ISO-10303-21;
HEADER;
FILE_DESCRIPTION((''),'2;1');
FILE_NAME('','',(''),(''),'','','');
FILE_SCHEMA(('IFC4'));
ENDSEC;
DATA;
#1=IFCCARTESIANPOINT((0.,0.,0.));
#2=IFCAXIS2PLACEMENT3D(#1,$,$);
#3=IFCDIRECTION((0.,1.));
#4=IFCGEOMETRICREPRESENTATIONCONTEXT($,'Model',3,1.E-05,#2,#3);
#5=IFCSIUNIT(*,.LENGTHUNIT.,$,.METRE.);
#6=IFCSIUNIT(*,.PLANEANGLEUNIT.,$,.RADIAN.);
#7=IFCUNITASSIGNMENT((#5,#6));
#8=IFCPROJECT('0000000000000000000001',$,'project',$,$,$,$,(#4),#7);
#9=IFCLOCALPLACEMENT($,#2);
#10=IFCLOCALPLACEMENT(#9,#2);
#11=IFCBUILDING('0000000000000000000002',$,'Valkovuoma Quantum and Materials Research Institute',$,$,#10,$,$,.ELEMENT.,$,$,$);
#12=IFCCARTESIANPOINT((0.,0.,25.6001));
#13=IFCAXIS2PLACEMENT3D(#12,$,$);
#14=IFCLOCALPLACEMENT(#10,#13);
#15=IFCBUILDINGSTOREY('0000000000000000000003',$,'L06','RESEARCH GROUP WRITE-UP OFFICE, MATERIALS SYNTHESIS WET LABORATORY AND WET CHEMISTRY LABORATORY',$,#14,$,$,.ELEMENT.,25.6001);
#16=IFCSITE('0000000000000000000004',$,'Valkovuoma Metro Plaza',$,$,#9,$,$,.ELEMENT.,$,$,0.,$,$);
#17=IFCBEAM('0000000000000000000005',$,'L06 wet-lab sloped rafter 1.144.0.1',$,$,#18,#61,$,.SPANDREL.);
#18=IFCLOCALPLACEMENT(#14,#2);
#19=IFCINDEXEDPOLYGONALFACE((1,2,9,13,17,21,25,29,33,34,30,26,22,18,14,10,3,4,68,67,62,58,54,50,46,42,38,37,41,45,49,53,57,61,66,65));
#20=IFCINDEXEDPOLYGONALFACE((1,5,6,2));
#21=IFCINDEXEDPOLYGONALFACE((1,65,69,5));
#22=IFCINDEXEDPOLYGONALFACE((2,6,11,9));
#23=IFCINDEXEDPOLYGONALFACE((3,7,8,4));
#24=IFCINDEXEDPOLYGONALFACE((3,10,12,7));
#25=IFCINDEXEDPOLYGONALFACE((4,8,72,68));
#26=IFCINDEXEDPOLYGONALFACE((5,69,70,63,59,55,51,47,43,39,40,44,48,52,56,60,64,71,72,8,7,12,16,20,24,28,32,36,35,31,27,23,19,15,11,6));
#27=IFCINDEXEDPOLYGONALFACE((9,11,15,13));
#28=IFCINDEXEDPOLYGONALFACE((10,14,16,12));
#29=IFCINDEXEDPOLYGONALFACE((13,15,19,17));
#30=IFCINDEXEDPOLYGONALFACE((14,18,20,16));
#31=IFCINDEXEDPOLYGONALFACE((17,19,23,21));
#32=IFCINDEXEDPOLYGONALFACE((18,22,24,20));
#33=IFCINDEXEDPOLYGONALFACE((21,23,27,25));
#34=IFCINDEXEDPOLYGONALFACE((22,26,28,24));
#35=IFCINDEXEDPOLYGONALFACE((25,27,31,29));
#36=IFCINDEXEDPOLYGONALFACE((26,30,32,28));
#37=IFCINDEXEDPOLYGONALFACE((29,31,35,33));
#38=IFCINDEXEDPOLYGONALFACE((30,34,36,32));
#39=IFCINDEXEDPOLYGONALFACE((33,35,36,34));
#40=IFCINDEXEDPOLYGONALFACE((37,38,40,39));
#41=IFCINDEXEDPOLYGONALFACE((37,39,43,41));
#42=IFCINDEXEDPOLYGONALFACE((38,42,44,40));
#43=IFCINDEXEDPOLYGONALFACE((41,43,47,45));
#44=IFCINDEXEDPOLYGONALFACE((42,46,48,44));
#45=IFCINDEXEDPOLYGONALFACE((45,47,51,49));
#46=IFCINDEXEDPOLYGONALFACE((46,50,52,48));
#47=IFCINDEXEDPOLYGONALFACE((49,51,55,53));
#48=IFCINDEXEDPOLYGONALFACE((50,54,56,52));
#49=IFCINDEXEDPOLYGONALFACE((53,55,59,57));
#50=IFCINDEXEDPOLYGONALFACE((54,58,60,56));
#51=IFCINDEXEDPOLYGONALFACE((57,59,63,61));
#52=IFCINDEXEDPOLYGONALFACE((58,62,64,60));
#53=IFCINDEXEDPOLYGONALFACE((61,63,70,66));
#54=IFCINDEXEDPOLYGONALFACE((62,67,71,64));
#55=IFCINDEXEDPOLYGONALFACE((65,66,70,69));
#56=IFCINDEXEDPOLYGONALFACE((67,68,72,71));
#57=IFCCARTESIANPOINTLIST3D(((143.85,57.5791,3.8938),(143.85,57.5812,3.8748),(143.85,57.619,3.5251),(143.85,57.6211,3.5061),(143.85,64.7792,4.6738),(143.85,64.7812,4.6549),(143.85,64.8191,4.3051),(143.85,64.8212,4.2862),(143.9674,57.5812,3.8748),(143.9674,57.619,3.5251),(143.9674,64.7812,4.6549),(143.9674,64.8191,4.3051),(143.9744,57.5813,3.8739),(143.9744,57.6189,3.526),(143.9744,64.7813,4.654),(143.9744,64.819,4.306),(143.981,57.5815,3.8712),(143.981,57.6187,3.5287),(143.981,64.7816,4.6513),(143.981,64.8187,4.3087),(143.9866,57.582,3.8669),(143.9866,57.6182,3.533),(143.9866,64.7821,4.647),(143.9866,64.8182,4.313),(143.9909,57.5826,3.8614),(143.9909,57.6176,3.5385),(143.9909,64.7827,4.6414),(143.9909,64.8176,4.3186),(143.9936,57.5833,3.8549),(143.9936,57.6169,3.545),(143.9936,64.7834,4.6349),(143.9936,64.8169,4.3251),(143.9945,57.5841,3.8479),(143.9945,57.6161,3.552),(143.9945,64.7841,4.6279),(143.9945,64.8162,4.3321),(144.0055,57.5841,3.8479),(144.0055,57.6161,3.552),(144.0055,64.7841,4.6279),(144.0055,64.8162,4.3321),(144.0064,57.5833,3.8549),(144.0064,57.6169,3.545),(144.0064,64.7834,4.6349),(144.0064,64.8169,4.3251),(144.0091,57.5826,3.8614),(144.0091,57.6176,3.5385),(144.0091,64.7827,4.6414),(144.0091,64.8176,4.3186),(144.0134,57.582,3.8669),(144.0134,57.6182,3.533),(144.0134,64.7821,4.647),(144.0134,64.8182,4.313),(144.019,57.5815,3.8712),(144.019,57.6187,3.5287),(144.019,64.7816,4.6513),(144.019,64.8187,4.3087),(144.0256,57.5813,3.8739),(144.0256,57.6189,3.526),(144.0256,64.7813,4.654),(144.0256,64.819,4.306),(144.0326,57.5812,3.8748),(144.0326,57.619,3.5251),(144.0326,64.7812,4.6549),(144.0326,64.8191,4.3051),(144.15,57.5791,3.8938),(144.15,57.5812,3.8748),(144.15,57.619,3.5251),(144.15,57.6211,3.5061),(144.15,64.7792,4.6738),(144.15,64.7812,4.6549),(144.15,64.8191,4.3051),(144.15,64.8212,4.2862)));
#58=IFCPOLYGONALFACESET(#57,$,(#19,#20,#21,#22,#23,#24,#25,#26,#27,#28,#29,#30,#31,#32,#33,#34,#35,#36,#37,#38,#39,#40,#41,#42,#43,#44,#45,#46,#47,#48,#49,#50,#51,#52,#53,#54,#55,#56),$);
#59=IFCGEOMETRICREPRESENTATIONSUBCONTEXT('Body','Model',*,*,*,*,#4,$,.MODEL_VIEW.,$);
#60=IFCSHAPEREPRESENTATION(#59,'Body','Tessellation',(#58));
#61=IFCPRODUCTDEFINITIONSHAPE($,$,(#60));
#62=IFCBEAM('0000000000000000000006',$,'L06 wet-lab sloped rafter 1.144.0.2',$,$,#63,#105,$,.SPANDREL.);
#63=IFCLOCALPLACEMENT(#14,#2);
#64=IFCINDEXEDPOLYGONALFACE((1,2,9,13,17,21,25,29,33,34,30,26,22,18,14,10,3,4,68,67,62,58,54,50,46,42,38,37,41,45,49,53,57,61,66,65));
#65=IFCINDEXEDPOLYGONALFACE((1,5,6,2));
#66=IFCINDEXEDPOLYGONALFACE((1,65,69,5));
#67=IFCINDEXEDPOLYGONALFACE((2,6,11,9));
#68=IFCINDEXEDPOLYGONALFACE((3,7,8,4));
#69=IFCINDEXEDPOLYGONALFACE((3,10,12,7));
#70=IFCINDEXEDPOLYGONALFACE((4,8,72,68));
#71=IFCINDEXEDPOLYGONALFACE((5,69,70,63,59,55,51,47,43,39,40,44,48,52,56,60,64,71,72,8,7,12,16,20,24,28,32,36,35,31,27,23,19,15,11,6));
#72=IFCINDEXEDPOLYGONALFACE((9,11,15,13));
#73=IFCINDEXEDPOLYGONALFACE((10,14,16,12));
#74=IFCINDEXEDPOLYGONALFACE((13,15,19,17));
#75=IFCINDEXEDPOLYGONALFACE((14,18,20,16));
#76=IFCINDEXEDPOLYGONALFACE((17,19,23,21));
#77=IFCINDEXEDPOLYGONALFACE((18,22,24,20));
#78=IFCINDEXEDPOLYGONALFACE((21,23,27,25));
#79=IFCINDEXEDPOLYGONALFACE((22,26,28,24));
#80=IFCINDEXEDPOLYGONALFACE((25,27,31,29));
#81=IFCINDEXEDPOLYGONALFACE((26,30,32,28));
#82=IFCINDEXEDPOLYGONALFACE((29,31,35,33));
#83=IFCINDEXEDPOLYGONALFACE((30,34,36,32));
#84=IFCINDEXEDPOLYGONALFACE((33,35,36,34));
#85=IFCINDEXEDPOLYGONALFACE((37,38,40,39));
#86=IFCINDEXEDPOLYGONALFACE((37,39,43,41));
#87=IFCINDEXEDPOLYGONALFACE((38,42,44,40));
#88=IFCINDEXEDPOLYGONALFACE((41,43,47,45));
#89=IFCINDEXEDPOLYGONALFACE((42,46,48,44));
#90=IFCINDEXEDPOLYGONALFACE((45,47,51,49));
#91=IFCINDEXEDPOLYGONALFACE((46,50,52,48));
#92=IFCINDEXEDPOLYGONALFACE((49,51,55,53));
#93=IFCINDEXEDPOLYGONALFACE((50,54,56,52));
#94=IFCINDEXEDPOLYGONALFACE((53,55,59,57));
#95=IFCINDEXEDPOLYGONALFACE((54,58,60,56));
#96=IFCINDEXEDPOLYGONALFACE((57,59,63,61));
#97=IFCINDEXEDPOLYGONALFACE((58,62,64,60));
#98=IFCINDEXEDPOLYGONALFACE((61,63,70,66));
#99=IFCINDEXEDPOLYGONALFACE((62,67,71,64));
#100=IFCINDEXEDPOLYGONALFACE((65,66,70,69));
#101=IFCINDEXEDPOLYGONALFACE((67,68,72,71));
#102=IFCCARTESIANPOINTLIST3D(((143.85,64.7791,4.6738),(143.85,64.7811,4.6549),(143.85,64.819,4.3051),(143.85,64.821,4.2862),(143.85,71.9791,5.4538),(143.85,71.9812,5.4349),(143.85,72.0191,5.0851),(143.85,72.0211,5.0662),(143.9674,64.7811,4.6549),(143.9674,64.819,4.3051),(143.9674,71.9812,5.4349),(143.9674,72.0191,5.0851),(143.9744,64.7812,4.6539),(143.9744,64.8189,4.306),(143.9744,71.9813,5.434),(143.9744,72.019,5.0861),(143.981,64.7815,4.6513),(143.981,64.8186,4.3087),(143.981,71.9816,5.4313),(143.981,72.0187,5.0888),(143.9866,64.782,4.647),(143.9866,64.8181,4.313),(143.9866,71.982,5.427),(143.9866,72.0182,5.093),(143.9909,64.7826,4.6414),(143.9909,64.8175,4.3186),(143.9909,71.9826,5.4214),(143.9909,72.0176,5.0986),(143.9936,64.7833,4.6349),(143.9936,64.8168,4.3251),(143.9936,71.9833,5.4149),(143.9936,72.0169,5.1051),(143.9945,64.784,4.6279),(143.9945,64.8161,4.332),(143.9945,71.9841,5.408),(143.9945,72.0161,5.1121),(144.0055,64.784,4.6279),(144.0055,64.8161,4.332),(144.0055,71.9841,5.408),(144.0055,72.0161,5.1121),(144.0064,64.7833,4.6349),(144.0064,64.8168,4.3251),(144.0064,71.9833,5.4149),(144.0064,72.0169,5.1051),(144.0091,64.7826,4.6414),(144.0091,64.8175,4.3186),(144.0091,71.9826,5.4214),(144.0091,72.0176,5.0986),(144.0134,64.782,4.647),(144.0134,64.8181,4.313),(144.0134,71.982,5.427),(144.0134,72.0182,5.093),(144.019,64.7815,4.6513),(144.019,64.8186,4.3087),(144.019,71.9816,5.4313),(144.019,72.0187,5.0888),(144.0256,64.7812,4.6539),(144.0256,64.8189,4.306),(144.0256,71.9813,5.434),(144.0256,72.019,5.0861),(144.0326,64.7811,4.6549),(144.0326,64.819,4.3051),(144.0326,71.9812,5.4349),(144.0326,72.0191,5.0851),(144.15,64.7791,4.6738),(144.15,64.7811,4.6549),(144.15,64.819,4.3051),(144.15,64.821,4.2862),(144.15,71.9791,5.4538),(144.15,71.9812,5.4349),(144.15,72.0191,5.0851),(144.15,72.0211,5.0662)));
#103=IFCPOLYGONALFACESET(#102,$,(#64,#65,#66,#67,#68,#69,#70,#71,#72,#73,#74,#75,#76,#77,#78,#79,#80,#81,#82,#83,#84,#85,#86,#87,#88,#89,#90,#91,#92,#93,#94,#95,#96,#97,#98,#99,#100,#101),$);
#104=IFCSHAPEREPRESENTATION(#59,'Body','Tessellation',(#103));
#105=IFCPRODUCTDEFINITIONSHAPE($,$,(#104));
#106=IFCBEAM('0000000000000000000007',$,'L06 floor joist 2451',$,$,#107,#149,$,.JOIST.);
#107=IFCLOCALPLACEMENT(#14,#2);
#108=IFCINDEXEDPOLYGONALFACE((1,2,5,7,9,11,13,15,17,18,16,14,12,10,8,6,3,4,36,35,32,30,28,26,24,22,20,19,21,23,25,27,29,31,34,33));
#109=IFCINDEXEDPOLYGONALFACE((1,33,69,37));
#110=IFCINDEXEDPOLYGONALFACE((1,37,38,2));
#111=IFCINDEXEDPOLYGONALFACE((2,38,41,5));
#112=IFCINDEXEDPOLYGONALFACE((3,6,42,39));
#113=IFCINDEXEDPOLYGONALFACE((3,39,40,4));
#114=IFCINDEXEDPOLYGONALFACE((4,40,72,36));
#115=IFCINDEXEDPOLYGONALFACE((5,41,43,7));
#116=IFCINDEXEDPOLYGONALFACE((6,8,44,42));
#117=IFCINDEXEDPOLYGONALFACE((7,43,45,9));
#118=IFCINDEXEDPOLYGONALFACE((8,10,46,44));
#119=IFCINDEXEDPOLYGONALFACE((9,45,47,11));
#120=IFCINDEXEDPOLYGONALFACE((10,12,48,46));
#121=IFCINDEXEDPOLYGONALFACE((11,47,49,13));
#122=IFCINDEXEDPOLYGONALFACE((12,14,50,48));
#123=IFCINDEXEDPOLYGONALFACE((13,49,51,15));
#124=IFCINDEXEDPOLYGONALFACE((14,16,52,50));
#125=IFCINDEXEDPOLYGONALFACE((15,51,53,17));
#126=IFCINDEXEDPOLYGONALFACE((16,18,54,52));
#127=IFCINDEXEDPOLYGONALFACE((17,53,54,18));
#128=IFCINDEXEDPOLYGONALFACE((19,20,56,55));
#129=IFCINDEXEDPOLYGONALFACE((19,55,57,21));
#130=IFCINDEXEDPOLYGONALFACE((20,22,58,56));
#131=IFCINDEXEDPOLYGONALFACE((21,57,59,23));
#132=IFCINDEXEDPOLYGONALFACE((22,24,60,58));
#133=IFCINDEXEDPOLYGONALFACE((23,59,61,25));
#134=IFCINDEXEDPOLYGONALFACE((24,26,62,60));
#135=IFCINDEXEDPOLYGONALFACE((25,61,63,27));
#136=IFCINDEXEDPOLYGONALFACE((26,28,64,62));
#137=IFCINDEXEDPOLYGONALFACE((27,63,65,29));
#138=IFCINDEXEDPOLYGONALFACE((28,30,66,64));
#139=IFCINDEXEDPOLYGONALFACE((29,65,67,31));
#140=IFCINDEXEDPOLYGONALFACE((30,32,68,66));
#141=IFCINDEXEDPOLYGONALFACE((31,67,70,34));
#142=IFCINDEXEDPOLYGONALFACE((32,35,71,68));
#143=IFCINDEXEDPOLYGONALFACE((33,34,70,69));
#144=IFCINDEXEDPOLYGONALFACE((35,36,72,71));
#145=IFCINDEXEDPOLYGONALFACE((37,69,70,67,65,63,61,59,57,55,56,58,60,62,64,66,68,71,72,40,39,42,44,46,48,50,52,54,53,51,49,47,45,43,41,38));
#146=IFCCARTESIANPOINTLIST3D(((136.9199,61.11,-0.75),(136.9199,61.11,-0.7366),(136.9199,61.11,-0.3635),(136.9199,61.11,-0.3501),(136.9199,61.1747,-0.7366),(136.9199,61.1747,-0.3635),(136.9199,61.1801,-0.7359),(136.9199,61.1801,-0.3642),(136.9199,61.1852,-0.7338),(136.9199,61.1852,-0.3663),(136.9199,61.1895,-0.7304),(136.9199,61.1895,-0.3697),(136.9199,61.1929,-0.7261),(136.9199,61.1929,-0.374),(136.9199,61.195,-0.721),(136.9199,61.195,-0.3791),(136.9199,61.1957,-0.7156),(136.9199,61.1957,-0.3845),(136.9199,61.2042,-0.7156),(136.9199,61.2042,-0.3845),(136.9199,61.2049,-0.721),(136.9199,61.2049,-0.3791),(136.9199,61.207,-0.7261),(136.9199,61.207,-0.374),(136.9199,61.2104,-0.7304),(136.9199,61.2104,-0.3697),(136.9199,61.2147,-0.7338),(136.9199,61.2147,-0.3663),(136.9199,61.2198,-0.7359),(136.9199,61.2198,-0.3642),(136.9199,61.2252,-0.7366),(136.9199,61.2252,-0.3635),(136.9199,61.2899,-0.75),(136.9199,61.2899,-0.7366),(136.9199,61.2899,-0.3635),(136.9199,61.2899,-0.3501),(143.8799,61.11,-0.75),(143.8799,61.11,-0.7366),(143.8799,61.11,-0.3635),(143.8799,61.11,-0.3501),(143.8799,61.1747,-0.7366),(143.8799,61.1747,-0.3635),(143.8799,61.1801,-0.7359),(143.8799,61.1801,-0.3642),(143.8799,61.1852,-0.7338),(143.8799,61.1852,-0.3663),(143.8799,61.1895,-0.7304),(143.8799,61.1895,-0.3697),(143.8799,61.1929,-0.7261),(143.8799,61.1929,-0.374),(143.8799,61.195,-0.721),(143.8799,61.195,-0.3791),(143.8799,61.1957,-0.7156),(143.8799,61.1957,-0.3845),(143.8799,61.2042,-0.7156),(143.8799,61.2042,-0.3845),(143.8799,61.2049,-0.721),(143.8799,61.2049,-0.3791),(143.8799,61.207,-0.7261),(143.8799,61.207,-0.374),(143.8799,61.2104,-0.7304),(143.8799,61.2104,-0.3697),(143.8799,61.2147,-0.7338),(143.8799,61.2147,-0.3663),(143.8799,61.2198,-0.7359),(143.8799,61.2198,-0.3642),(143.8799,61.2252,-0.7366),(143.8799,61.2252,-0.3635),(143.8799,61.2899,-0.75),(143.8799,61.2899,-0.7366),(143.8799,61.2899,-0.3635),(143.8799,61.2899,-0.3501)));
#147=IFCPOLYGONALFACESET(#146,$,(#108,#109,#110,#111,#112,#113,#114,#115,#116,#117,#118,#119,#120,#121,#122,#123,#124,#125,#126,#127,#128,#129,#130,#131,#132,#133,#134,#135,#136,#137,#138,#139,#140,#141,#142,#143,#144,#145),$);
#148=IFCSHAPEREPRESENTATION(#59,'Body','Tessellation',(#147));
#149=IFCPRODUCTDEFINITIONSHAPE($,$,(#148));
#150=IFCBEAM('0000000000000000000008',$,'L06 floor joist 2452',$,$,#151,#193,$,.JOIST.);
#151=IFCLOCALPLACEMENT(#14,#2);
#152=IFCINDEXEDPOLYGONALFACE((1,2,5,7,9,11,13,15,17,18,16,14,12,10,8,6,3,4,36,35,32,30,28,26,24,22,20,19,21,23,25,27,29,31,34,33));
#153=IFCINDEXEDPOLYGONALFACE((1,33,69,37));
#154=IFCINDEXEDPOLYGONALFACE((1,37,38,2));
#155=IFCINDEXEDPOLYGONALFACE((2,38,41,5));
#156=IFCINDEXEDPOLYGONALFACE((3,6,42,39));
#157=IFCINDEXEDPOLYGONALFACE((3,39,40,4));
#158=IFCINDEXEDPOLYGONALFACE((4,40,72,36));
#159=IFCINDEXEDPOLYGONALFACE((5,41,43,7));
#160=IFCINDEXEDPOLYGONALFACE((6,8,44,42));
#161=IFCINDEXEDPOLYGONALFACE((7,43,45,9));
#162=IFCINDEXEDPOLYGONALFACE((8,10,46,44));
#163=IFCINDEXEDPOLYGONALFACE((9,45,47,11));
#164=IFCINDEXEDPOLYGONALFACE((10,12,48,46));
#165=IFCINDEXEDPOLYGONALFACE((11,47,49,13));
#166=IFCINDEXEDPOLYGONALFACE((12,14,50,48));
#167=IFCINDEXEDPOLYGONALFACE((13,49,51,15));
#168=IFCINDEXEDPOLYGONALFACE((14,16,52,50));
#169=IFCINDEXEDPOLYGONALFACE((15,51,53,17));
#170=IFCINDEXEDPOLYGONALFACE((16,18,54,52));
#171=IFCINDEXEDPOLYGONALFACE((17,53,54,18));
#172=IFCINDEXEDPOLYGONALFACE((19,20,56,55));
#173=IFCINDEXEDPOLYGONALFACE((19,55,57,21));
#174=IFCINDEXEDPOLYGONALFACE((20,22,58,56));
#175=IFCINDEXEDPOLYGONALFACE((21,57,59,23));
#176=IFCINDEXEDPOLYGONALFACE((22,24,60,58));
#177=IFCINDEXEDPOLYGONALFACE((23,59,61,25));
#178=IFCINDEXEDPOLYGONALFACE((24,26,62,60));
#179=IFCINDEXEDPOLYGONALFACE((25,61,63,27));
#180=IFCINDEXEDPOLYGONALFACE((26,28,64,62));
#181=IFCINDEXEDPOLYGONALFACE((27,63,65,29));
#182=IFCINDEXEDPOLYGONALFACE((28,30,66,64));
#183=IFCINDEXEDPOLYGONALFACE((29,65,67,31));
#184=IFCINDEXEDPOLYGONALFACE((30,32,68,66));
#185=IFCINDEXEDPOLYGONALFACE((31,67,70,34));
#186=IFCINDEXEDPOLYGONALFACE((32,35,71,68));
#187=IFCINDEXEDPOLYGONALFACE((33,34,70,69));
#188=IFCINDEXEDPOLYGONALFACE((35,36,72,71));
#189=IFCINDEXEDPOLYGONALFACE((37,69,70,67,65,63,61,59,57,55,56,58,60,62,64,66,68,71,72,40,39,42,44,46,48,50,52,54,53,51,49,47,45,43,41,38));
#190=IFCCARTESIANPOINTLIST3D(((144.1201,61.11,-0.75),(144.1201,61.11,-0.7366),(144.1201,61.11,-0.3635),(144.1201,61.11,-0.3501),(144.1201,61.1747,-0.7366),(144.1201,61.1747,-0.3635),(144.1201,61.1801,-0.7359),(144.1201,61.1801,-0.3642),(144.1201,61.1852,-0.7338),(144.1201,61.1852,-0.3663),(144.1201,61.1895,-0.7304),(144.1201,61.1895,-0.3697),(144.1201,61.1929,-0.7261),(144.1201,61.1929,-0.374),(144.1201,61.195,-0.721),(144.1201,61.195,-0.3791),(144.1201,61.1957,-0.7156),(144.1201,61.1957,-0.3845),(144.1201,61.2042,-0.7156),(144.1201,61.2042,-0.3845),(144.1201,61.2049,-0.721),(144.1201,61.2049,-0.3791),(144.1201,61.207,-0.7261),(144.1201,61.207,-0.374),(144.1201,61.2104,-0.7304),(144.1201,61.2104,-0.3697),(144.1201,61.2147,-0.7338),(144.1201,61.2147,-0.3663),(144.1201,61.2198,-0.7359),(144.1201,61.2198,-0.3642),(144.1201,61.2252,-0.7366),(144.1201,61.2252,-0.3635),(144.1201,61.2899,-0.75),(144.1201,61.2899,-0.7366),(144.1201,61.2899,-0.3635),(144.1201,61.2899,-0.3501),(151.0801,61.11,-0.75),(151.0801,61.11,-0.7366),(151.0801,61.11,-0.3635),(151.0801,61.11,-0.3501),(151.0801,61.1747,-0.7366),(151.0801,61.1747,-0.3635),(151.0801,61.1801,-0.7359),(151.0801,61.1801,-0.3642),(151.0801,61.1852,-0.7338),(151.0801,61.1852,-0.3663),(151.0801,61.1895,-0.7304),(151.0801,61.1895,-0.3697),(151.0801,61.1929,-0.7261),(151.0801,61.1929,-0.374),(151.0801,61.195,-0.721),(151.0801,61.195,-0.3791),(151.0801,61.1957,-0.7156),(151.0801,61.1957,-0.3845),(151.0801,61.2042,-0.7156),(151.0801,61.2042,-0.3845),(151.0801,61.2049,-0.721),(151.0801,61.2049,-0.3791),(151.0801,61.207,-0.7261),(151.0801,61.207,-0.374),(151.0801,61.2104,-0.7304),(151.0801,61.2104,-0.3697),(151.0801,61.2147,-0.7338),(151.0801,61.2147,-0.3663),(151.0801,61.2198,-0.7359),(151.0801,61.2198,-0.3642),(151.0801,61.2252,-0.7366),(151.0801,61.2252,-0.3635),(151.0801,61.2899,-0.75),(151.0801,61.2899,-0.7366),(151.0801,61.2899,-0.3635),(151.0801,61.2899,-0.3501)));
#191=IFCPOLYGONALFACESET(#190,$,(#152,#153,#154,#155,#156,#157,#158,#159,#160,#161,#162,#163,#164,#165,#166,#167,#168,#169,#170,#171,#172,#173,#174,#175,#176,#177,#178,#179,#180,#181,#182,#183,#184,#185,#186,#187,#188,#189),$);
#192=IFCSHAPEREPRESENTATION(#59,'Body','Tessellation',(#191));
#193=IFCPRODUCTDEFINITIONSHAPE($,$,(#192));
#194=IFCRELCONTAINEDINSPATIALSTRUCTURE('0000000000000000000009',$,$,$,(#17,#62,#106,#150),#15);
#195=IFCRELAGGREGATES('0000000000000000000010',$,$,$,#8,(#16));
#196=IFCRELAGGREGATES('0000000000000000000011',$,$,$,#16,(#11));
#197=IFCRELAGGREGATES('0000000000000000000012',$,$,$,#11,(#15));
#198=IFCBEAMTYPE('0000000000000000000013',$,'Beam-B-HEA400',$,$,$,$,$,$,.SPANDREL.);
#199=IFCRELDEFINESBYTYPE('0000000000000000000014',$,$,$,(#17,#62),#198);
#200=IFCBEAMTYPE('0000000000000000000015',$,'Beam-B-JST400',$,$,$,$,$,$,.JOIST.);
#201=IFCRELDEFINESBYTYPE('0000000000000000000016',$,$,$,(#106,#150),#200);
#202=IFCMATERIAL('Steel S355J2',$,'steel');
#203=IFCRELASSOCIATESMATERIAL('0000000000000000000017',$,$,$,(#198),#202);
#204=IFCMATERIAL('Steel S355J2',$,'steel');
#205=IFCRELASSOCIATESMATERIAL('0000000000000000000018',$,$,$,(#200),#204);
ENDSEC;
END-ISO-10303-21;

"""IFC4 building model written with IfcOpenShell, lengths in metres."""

from ifc_helpers import new_model, si_unit, direction, frame, origin, origin_2d, place, context, subcontext, project, spatial, i_section, extrude, material, material_profile, profile_set, type_object, element, save


model = new_model("IFC4")

# Units and contexts
model_context = context("Model", 3, precision=1e-05, world=origin(), true_north=direction((0.0, 1.0)))
body_context = subcontext(model_context, "Body", "Model", "MODEL_VIEW")
ifc_project = project(units=[si_unit("LENGTHUNIT", "METRE"), si_unit("PLANEANGLEUNIT", "RADIAN")], contexts=[model_context])

# Site, building, storey
site_placement = place(None, origin())
site = spatial("IfcSite", under=ifc_project, at=site_placement, Name="Valkovuoma Metro Plaza", CompositionType="ELEMENT", RefElevation=0.0)
building_placement = place(site_placement, origin())
building = spatial("IfcBuilding", under=site, at=building_placement, Name="Valkovuoma Quantum and Materials Research Institute", CompositionType="ELEMENT")
storey_placement = place(building_placement, frame((0.0, 0.0, 25.6001)))
storey = spatial("IfcBuildingStorey", under=building, at=storey_placement, Name="L06", Description="RESEARCH GROUP WRITE-UP OFFICE, MATERIALS SYNTHESIS WET LABORATORY AND WET CHEMISTRY LABORATORY", CompositionType="ELEMENT", Elevation=25.6001)

# Beams
ifc_material_1 = material(Name="Steel S355J2", Category="steel")
ifc_material_profile_1 = material_profile(ifc_material_1, i_section(OverallWidth=0.3, OverallDepth=0.3899, WebThickness=0.011, FlangeThickness=0.019, FilletRadius=0.0271, at=origin_2d()), Name="Steel S355J2")
ifc_profile_set_1 = profile_set([ifc_material_profile_1], Name="Steel S355J2")
beam_type_1 = type_object("IfcBeamType", Name="Beam-B-HEA400", PredefinedType="SPANDREL", material=ifc_profile_set_1)
for number, where, z_axis, x_axis, name in (
    (1, (144.0, 57.6001, 3.7), (0.0, 0.994183, 0.107708), (-1.0, 0.0, 0.0), "L06 wet-lab sloped rafter 1.144.0.1"),
    (2, (144.0, 64.8, 4.48), (0.0, 0.994183, 0.107708), (-1.0, 0.0, 0.0), "L06 wet-lab sloped rafter 1.144.0.2"),
):
    element("IfcBeam", number, at=place(storey_placement, frame(where, z_axis=z_axis, x_axis=x_axis)), inside=storey, type_object=beam_type_1, Name=name, PredefinedType="SPANDREL", context=body_context, shape_type="SweptSolid", body=[
        extrude(i_section(OverallWidth=0.3, OverallDepth=0.3899, WebThickness=0.011, FlangeThickness=0.019, FilletRadius=0.0271, at=origin_2d()), origin(), (0.0, 0.0, 1.0), 7.2422),
    ])
ifc_material_2 = material(Name="Steel S355J2", Category="steel")
ifc_material_profile_2 = material_profile(ifc_material_2, i_section(OverallWidth=0.1799, OverallDepth=0.3999, WebThickness=0.0085, FlangeThickness=0.0134, FilletRadius=0.021, at=origin_2d()), Name="Steel S355J2")
ifc_profile_set_2 = profile_set([ifc_material_profile_2], Name="Steel S355J2")
beam_type_2 = type_object("IfcBeamType", Name="Beam-B-JST400", PredefinedType="JOIST", material=ifc_profile_set_2)
for number, where, z_axis, x_axis, name in (
    (3, (136.9199, 61.2, -0.55), (1.0, 0.0, 0.0), (0.0, 1.0, 0.0), "L06 floor joist 2451"),
    (4, (144.1201, 61.2, -0.55), (1.0, 0.0, 0.0), (0.0, 1.0, 0.0), "L06 floor joist 2452"),
):
    element("IfcBeam", number, at=place(storey_placement, frame(where, z_axis=z_axis, x_axis=x_axis)), inside=storey, type_object=beam_type_2, Name=name, PredefinedType="JOIST", context=body_context, shape_type="SweptSolid", body=[
        extrude(i_section(OverallWidth=0.1799, OverallDepth=0.3999, WebThickness=0.0085, FlangeThickness=0.0134, FilletRadius=0.021, at=origin_2d()), origin(), (0.0, 0.0, 1.0), 6.96),
    ])

save(model, "model.ifc")
